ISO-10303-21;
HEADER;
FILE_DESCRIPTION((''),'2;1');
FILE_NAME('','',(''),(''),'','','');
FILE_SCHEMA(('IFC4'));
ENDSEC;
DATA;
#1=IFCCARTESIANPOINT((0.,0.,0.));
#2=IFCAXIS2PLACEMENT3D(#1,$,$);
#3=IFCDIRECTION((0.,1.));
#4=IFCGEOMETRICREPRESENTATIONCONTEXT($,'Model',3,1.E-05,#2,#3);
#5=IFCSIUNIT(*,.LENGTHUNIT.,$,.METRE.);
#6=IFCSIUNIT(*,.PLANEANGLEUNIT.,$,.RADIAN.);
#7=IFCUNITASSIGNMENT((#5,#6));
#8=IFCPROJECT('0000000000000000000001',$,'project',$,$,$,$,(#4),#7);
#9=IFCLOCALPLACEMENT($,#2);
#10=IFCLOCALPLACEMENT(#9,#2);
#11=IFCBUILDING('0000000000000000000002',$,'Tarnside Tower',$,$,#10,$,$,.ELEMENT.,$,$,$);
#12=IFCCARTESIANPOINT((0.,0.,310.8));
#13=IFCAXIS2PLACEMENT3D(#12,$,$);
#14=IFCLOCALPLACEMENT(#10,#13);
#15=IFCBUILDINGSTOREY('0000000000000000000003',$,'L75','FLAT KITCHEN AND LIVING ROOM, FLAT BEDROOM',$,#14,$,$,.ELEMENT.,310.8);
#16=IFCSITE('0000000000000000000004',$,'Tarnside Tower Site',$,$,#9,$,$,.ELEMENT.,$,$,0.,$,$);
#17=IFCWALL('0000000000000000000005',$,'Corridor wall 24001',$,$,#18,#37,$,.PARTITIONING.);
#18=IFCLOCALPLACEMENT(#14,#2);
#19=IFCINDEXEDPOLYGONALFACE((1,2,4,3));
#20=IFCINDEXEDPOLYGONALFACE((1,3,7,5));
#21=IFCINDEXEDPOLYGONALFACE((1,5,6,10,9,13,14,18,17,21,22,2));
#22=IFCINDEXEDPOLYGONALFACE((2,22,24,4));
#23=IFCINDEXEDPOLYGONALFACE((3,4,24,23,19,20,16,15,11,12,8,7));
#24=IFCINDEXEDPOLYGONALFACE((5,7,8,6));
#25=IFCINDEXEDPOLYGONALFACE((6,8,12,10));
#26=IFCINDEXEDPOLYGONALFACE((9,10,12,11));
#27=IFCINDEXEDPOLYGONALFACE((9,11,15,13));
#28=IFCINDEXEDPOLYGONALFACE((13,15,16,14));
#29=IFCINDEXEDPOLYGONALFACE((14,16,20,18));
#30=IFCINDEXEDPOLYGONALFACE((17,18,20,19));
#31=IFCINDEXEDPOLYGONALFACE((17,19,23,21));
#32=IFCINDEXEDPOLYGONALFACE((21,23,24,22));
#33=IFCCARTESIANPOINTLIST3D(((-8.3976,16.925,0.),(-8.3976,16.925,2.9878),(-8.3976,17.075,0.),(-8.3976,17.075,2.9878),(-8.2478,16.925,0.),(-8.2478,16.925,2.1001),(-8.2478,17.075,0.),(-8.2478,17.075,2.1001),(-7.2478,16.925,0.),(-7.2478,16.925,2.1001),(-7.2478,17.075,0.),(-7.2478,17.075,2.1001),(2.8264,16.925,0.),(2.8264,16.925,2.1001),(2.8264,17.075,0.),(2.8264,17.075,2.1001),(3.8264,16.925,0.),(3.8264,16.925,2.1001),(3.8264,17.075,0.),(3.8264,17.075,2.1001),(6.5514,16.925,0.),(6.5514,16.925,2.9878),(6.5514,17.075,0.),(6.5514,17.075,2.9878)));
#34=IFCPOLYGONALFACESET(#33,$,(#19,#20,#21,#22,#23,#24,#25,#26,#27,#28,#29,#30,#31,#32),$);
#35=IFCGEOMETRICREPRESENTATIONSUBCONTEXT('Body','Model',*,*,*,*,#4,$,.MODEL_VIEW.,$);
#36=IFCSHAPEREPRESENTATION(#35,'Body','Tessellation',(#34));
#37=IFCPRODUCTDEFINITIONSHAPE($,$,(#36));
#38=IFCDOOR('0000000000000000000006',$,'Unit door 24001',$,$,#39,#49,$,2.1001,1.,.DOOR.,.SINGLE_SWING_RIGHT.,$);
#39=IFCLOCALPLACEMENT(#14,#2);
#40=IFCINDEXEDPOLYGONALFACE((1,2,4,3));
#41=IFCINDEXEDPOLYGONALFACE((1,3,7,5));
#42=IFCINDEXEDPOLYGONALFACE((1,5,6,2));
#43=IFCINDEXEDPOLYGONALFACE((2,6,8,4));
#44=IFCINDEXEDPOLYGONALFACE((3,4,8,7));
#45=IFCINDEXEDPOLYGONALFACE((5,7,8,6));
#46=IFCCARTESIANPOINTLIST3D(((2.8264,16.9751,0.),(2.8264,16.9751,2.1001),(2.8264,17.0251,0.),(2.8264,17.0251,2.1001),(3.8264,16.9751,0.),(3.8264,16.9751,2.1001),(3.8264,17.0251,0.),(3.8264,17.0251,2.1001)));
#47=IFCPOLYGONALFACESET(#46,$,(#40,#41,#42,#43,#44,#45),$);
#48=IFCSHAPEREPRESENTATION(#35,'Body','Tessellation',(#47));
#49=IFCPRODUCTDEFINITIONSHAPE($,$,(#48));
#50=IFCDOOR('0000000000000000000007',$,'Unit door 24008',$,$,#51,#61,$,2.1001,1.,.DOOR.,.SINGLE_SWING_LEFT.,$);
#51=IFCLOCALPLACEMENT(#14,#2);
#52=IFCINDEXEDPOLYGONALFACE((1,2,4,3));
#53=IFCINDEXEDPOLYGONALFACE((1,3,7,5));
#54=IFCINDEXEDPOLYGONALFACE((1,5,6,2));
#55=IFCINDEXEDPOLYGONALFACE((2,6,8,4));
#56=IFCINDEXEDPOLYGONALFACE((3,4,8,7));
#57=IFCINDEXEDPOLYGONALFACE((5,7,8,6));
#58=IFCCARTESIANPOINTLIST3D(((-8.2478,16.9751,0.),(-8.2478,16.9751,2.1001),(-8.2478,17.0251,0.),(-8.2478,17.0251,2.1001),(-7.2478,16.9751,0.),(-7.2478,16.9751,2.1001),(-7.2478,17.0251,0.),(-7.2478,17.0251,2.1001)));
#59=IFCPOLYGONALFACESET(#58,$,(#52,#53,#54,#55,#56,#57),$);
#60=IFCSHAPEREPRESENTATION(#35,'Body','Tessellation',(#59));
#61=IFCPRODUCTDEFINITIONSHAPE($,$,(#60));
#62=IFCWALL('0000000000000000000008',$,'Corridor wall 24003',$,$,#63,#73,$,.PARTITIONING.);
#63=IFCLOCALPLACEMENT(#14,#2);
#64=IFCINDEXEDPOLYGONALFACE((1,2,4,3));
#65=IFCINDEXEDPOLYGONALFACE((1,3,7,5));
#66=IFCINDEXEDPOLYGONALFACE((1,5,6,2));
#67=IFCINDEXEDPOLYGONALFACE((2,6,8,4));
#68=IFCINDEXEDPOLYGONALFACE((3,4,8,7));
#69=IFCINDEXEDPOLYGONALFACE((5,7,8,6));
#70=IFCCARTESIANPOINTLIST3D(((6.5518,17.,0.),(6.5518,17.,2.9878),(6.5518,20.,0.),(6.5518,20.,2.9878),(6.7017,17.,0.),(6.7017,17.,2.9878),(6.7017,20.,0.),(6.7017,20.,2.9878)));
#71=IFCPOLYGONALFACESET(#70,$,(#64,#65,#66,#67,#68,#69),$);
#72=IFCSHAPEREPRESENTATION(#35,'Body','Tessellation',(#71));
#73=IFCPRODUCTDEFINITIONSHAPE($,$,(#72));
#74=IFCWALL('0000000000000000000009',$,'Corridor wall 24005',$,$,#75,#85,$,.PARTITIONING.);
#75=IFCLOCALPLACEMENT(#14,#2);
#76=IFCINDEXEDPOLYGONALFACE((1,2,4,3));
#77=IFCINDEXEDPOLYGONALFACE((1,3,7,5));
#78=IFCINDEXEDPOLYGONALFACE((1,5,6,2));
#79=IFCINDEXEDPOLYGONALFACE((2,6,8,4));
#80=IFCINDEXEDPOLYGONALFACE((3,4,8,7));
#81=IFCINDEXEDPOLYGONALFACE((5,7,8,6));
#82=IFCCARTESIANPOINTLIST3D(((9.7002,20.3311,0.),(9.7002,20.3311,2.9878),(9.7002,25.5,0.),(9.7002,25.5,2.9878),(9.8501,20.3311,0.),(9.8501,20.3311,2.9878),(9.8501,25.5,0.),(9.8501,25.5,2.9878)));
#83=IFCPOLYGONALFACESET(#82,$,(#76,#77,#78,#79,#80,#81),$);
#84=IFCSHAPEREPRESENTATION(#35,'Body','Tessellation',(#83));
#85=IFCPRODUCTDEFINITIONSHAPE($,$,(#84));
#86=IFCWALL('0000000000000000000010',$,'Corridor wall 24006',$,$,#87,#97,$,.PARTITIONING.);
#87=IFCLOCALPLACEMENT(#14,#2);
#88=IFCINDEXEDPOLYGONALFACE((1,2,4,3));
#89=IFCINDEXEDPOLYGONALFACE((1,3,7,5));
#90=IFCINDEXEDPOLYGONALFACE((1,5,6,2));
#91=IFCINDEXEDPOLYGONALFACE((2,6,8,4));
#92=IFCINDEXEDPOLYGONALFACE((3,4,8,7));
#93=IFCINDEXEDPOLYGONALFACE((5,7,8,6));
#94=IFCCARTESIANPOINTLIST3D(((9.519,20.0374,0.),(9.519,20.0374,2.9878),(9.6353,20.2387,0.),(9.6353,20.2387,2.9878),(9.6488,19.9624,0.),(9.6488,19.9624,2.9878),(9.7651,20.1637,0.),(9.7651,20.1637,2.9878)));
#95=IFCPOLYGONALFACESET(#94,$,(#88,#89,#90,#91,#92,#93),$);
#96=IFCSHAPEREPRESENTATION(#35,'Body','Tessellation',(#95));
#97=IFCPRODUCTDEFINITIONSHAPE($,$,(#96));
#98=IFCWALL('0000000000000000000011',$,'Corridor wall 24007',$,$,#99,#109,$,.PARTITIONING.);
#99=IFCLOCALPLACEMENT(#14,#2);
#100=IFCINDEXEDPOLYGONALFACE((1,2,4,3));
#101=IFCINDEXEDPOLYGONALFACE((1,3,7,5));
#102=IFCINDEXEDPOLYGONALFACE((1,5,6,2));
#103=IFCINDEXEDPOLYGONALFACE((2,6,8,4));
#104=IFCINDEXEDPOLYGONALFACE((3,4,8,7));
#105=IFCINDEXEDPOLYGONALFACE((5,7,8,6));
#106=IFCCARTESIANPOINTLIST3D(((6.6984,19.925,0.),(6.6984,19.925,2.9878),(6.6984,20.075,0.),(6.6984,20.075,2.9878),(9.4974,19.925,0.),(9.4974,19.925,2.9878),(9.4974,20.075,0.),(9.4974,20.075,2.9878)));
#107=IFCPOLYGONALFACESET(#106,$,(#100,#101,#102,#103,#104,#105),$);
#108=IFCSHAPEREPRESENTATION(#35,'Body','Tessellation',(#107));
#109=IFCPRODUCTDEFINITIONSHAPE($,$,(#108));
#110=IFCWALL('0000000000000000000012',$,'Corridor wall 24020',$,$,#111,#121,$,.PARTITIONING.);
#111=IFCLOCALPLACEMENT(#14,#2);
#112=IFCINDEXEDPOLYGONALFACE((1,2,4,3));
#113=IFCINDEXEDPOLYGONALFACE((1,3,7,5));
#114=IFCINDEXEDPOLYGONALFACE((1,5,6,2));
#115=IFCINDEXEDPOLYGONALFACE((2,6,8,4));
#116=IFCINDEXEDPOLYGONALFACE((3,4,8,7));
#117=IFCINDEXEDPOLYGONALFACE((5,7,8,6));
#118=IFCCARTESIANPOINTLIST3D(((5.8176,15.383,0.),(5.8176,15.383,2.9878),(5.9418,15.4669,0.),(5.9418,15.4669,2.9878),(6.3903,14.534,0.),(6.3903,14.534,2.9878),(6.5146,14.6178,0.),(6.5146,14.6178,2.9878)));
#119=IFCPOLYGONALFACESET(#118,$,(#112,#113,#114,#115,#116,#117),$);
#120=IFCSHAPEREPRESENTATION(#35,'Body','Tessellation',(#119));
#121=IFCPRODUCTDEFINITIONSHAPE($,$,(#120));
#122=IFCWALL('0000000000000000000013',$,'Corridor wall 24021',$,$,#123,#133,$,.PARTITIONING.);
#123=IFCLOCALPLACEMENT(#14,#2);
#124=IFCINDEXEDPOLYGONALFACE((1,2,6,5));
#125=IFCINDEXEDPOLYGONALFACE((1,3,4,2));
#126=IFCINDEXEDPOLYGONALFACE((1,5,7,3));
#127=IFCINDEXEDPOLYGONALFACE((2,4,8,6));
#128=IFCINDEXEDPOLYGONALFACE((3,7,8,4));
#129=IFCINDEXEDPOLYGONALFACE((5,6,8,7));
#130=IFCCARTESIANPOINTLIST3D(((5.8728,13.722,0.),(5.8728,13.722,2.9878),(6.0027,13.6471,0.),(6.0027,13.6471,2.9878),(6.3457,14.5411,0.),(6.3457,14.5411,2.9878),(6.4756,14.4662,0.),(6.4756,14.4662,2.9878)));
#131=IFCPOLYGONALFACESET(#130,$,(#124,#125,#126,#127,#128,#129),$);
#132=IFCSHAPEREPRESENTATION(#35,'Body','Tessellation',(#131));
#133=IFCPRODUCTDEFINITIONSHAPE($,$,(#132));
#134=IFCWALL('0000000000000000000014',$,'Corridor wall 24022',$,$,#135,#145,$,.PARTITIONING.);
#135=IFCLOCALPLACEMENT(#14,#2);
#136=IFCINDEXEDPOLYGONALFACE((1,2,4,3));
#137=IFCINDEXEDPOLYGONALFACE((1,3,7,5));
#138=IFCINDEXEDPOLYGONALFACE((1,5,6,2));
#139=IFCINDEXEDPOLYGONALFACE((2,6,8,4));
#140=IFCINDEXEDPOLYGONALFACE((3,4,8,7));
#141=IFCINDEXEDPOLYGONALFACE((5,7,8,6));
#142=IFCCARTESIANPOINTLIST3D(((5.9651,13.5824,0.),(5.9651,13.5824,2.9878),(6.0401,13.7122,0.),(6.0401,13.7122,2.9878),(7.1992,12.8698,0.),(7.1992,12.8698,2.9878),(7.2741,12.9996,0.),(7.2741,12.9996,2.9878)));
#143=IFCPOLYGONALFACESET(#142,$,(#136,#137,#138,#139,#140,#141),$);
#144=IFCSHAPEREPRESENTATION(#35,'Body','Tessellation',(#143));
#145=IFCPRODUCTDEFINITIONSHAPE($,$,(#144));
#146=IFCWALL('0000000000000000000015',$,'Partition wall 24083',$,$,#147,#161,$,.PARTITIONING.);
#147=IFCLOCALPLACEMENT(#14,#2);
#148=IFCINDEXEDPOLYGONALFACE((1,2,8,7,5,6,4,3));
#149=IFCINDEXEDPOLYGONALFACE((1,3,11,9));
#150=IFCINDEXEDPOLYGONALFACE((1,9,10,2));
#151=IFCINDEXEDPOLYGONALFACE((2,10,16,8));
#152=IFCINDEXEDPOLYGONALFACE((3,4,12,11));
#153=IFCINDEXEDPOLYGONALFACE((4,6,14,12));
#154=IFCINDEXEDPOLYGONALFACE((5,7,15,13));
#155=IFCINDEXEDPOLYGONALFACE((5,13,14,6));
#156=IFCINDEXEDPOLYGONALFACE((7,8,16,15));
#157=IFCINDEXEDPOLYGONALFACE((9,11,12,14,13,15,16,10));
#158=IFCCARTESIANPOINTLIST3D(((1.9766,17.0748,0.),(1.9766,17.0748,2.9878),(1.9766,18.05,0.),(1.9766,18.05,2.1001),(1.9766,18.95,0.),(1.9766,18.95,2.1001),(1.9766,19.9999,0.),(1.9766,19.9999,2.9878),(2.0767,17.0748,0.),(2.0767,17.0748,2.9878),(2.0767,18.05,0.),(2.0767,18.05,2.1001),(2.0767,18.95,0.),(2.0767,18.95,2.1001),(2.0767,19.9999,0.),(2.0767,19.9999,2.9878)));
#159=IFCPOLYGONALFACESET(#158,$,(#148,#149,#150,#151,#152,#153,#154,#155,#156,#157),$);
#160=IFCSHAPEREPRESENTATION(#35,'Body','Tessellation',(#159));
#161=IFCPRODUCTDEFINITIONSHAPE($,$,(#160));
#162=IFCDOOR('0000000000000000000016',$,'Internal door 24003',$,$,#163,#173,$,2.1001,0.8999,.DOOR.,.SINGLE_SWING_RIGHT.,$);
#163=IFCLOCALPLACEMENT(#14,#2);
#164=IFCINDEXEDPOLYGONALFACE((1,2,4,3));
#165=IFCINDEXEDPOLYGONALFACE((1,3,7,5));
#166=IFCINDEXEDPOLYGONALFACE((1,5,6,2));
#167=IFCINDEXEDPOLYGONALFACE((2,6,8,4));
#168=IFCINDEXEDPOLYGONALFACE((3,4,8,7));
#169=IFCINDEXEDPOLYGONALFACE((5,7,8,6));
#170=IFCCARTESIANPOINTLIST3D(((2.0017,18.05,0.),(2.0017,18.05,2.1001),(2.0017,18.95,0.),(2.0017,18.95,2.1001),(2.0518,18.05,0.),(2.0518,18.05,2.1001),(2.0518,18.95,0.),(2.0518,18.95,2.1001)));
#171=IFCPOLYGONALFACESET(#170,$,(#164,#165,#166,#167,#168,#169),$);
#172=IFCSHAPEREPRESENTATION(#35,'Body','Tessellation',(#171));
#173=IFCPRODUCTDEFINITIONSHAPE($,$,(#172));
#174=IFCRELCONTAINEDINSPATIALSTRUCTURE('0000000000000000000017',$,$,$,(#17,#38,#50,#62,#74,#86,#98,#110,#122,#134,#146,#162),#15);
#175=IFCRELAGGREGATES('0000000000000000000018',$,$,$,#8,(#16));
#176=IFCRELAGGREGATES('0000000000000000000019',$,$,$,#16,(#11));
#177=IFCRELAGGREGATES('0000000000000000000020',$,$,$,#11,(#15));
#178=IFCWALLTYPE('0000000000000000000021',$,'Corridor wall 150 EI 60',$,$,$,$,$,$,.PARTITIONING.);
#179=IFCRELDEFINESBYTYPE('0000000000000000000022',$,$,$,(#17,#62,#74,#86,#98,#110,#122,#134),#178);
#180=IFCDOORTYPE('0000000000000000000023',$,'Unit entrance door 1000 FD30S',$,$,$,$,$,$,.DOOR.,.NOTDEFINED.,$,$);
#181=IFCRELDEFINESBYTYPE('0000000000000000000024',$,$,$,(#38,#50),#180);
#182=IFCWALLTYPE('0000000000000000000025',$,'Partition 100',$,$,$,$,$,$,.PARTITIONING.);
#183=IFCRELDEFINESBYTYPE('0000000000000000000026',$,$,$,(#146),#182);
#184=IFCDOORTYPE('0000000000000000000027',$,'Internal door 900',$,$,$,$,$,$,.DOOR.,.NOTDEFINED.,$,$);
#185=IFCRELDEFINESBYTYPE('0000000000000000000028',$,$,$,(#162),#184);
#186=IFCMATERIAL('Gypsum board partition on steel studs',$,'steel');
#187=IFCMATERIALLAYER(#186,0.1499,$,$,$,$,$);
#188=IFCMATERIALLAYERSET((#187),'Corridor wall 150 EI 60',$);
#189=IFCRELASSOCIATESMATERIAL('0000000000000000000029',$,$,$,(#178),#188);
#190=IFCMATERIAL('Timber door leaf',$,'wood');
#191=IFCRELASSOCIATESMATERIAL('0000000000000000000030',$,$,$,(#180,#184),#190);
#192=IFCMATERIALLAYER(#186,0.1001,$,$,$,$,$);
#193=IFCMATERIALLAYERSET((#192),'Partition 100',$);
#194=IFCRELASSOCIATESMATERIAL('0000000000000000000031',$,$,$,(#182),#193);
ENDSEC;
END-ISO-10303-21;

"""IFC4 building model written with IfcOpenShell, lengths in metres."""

from ifc_helpers import new_model, si_unit, direction, frame, frame_2d, origin, place, context, subcontext, project, spatial, rectangle, extrude, material, layer, layer_set, type_object, element, fill, save


model = new_model("IFC4")

# Units and contexts
model_context = context("Model", 3, precision=1e-05, world=origin(), true_north=direction((0.0, 1.0)))
body_context = subcontext(model_context, "Body", "Model", "MODEL_VIEW")
ifc_project = project(units=[si_unit("LENGTHUNIT", "METRE"), si_unit("PLANEANGLEUNIT", "RADIAN")], contexts=[model_context])

# Site, building, storey
site_placement = place(None, origin())
site = spatial("IfcSite", under=ifc_project, at=site_placement, Name="Tarnside Tower Site", CompositionType="ELEMENT", RefElevation=0.0)
building_placement = place(site_placement, origin())
building = spatial("IfcBuilding", under=site, at=building_placement, Name="Tarnside Tower", CompositionType="ELEMENT")
storey_placement = place(building_placement, frame((0.0, 0.0, 310.8)))
storey = spatial("IfcBuildingStorey", under=building, at=storey_placement, Name="L75", Description="FLAT KITCHEN AND LIVING ROOM, FLAT BEDROOM", CompositionType="ELEMENT", Elevation=310.8)

# Shared definitions
ifc_material_1 = material(Name="Gypsum board partition on steel studs", Category="steel")
ifc_material_2 = material(Name="Timber door leaf", Category="wood")

# Wall, openings, doors
ifc_layer_1 = layer(ifc_material_1, 0.1499)
ifc_layer_set_1 = layer_set([ifc_layer_1], Name="Corridor wall 150 EI 60")
wall_type_1 = type_object("IfcWallType", Name="Corridor wall 150 EI 60", PredefinedType="PARTITIONING", material=ifc_layer_set_1)
wall_1_placement = place(storey_placement, frame((6.5515, 17.0, 0.0), z_axis=(0.0, 0.0, 1.0), x_axis=(-1.0, 0.0, 0.0)))
wall_1 = element("IfcWall", 1, at=wall_1_placement, inside=storey, type_object=wall_type_1, Name="Corridor wall 24001", PredefinedType="PARTITIONING", context=body_context, shape_type="SweptSolid", body=[
    extrude(rectangle(XDim=14.949, YDim=0.1499, at=frame_2d((7.4746, 0.0))), origin(), (0.0, 0.0, 1.0), 2.9878),
])
opening_1_placement = place(wall_1_placement, frame((2.7251, 0.0, 0.0)))
opening_1 = element("IfcOpeningElement", 2, at=opening_1_placement, cuts=wall_1, PredefinedType="OPENING", context=body_context, shape_type="SweptSolid", body=[
    extrude(rectangle(XDim=1.0, YDim=2.1001, at=frame_2d((0.5, 1.05))), frame((0.0, 0.085, 0.0), z_axis=(0.0, -1.0, 0.0), x_axis=(1.0, 0.0, 0.0)), (0.0, 0.0, 1.0), 0.1699),
])
opening_2_placement = place(wall_1_placement, frame((13.7993, 0.0, 0.0)))
opening_2 = element("IfcOpeningElement", 3, at=opening_2_placement, cuts=wall_1, PredefinedType="OPENING", context=body_context, shape_type="SweptSolid", body=[
    extrude(rectangle(XDim=1.0, YDim=2.1001, at=frame_2d((0.5, 1.05))), frame((0.0, 0.085, 0.0), z_axis=(0.0, -1.0, 0.0), x_axis=(1.0, 0.0, 0.0)), (0.0, 0.0, 1.0), 0.1699),
])
door_type_1 = type_object("IfcDoorType", Name="Unit entrance door 1000 FD30S", OperationType="NOTDEFINED", PredefinedType="DOOR", material=ifc_material_2)
door_1_placement = place(opening_1_placement, origin())
door_1 = element("IfcDoor", 4, at=door_1_placement, inside=storey, type_object=door_type_1, Name="Unit door 24001", OperationType="SINGLE_SWING_RIGHT", OverallHeight=2.1001, OverallWidth=1.0, PredefinedType="DOOR", context=body_context, shape_type="SweptSolid", body=[
    extrude(rectangle(XDim=1.0, YDim=2.1001, at=frame_2d((0.5, 1.05))), frame((0.0, 0.0249, 0.0), z_axis=(0.0, -1.0, 0.0), x_axis=(1.0, 0.0, 0.0)), (0.0, 0.0, 1.0), 0.05),
])
fill(opening_1, door_1)
door_2_placement = place(opening_2_placement, origin())
door_2 = element("IfcDoor", 5, at=door_2_placement, inside=storey, type_object=door_type_1, Name="Unit door 24008", OperationType="SINGLE_SWING_LEFT", OverallHeight=2.1001, OverallWidth=1.0, PredefinedType="DOOR", context=body_context, shape_type="SweptSolid", body=[
    extrude(rectangle(XDim=1.0, YDim=2.1001, at=frame_2d((0.5, 1.05))), frame((0.0, 0.0249, 0.0), z_axis=(0.0, -1.0, 0.0), x_axis=(1.0, 0.0, 0.0)), (0.0, 0.0, 1.0), 0.05),
])
fill(opening_2, door_2)

# Walls
wall_2_placement = place(storey_placement, frame((6.6267, 20.0, 0.0), z_axis=(0.0, 0.0, 1.0), x_axis=(0.0, -1.0, 0.0)))
element("IfcWall", 6, at=wall_2_placement, inside=storey, type_object=wall_type_1, Name="Corridor wall 24003", PredefinedType="PARTITIONING", context=body_context, shape_type="SweptSolid", body=[
    extrude(rectangle(XDim=3.0, YDim=0.1499, at=frame_2d((1.5, 0.0))), origin(), (0.0, 0.0, 1.0), 2.9878),
])
wall_3_placement = place(storey_placement, frame((9.7751, 25.5, 0.0), z_axis=(0.0, 0.0, 1.0), x_axis=(0.0, -1.0, 0.0)))
element("IfcWall", 7, at=wall_3_placement, inside=storey, type_object=wall_type_1, Name="Corridor wall 24005", PredefinedType="PARTITIONING", context=body_context, shape_type="SweptSolid", body=[
    extrude(rectangle(XDim=5.1689, YDim=0.1499, at=frame_2d((2.5845, 0.0))), origin(), (0.0, 0.0, 1.0), 2.9878),
])
wall_4_placement = place(storey_placement, frame((9.7002, 20.2012, 0.0), z_axis=(0.0, 0.0, 1.0), x_axis=(-0.500208, -0.865906, 0.0)))
element("IfcWall", 8, at=wall_4_placement, inside=storey, type_object=wall_type_1, Name="Corridor wall 24006", PredefinedType="PARTITIONING", context=body_context, shape_type="SweptSolid", body=[
    extrude(rectangle(XDim=0.2324, YDim=0.1499, at=frame_2d((0.1162, 0.0))), origin(), (0.0, 0.0, 1.0), 2.9878),
])
wall_5_placement = place(storey_placement, frame((9.4973, 20.0, 0.0), z_axis=(0.0, 0.0, 1.0), x_axis=(-1.0, 0.0, 0.0)))
element("IfcWall", 9, at=wall_5_placement, inside=storey, type_object=wall_type_1, Name="Corridor wall 24007", PredefinedType="PARTITIONING", context=body_context, shape_type="SweptSolid", body=[
    extrude(rectangle(XDim=2.7991, YDim=0.1499, at=frame_2d((1.3994, 0.0))), origin(), (0.0, 0.0, 1.0), 2.9878),
])
wall_6_placement = place(storey_placement, frame((5.8796, 15.425, 0.0), z_axis=(0.0, 0.0, 1.0), x_axis=(0.559203, -0.829031, 0.0)))
element("IfcWall", 10, at=wall_6_placement, inside=storey, type_object=wall_type_1, Name="Corridor wall 24020", PredefinedType="PARTITIONING", context=body_context, shape_type="SweptSolid", body=[
    extrude(rectangle(XDim=1.0242, YDim=0.1499, at=frame_2d((0.5122, 0.0))), origin(), (0.0, 0.0, 1.0), 2.9878),
])
wall_7_placement = place(storey_placement, frame((6.4106, 14.5037, 0.0), z_axis=(0.0, 0.0, 1.0), x_axis=(-0.499998, -0.866027, 0.0)))
element("IfcWall", 11, at=wall_7_placement, inside=storey, type_object=wall_type_1, Name="Corridor wall 24021", PredefinedType="PARTITIONING", context=body_context, shape_type="SweptSolid", body=[
    extrude(rectangle(XDim=0.9458, YDim=0.1499, at=frame_2d((0.4729, 0.0))), origin(), (0.0, 0.0, 1.0), 2.9878),
])
wall_8_placement = place(storey_placement, frame((6.0027, 13.6472, 0.0), z_axis=(0.0, 0.0, 1.0), x_axis=(0.865989, -0.500064, 0.0)))
element("IfcWall", 12, at=wall_8_placement, inside=storey, type_object=wall_type_1, Name="Corridor wall 24022", PredefinedType="PARTITIONING", context=body_context, shape_type="SweptSolid", body=[
    extrude(rectangle(XDim=1.425, YDim=0.1499, at=frame_2d((0.7124, 0.0))), origin(), (0.0, 0.0, 1.0), 2.9878),
])

# Wall, opening, door
ifc_layer_2 = layer(ifc_material_1, 0.1001)
ifc_layer_set_2 = layer_set([ifc_layer_2], Name="Partition 100")
wall_type_2 = type_object("IfcWallType", Name="Partition 100", PredefinedType="PARTITIONING", material=ifc_layer_set_2)
wall_9_placement = place(storey_placement, frame((2.0266, 17.075, 0.0), z_axis=(0.0, 0.0, 1.0), x_axis=(0.0, 1.0, 0.0)))
wall_9 = element("IfcWall", 13, at=wall_9_placement, inside=storey, type_object=wall_type_2, Name="Partition wall 24083", PredefinedType="PARTITIONING", context=body_context, shape_type="SweptSolid", body=[
    extrude(rectangle(XDim=2.925, YDim=0.1001, at=frame_2d((1.4624, 0.0))), origin(), (0.0, 0.0, 1.0), 2.9878),
])
opening_3_placement = place(wall_9_placement, frame((0.9751, 0.0, 0.0)))
opening_3 = element("IfcOpeningElement", 14, at=opening_3_placement, cuts=wall_9, PredefinedType="OPENING", context=body_context, shape_type="SweptSolid", body=[
    extrude(rectangle(XDim=0.8999, YDim=2.1001, at=frame_2d((0.45, 1.05))), frame((0.0, 0.0601, 0.0), z_axis=(0.0, -1.0, 0.0), x_axis=(1.0, 0.0, 0.0)), (0.0, 0.0, 1.0), 0.1201),
])
door_type_2 = type_object("IfcDoorType", Name="Internal door 900", OperationType="NOTDEFINED", PredefinedType="DOOR", material=ifc_material_2)
door_3_placement = place(opening_3_placement, origin())
door_3 = element("IfcDoor", 15, at=door_3_placement, inside=storey, type_object=door_type_2, Name="Internal door 24003", OperationType="SINGLE_SWING_RIGHT", OverallHeight=2.1001, OverallWidth=0.8999, PredefinedType="DOOR", context=body_context, shape_type="SweptSolid", body=[
    extrude(rectangle(XDim=0.8999, YDim=2.1001, at=frame_2d((0.45, 1.05))), frame((0.0, 0.0249, 0.0), z_axis=(0.0, -1.0, 0.0), x_axis=(1.0, 0.0, 0.0)), (0.0, 0.0, 1.0), 0.05),
])
fill(opening_3, door_3)

save(model, "model.ifc")
